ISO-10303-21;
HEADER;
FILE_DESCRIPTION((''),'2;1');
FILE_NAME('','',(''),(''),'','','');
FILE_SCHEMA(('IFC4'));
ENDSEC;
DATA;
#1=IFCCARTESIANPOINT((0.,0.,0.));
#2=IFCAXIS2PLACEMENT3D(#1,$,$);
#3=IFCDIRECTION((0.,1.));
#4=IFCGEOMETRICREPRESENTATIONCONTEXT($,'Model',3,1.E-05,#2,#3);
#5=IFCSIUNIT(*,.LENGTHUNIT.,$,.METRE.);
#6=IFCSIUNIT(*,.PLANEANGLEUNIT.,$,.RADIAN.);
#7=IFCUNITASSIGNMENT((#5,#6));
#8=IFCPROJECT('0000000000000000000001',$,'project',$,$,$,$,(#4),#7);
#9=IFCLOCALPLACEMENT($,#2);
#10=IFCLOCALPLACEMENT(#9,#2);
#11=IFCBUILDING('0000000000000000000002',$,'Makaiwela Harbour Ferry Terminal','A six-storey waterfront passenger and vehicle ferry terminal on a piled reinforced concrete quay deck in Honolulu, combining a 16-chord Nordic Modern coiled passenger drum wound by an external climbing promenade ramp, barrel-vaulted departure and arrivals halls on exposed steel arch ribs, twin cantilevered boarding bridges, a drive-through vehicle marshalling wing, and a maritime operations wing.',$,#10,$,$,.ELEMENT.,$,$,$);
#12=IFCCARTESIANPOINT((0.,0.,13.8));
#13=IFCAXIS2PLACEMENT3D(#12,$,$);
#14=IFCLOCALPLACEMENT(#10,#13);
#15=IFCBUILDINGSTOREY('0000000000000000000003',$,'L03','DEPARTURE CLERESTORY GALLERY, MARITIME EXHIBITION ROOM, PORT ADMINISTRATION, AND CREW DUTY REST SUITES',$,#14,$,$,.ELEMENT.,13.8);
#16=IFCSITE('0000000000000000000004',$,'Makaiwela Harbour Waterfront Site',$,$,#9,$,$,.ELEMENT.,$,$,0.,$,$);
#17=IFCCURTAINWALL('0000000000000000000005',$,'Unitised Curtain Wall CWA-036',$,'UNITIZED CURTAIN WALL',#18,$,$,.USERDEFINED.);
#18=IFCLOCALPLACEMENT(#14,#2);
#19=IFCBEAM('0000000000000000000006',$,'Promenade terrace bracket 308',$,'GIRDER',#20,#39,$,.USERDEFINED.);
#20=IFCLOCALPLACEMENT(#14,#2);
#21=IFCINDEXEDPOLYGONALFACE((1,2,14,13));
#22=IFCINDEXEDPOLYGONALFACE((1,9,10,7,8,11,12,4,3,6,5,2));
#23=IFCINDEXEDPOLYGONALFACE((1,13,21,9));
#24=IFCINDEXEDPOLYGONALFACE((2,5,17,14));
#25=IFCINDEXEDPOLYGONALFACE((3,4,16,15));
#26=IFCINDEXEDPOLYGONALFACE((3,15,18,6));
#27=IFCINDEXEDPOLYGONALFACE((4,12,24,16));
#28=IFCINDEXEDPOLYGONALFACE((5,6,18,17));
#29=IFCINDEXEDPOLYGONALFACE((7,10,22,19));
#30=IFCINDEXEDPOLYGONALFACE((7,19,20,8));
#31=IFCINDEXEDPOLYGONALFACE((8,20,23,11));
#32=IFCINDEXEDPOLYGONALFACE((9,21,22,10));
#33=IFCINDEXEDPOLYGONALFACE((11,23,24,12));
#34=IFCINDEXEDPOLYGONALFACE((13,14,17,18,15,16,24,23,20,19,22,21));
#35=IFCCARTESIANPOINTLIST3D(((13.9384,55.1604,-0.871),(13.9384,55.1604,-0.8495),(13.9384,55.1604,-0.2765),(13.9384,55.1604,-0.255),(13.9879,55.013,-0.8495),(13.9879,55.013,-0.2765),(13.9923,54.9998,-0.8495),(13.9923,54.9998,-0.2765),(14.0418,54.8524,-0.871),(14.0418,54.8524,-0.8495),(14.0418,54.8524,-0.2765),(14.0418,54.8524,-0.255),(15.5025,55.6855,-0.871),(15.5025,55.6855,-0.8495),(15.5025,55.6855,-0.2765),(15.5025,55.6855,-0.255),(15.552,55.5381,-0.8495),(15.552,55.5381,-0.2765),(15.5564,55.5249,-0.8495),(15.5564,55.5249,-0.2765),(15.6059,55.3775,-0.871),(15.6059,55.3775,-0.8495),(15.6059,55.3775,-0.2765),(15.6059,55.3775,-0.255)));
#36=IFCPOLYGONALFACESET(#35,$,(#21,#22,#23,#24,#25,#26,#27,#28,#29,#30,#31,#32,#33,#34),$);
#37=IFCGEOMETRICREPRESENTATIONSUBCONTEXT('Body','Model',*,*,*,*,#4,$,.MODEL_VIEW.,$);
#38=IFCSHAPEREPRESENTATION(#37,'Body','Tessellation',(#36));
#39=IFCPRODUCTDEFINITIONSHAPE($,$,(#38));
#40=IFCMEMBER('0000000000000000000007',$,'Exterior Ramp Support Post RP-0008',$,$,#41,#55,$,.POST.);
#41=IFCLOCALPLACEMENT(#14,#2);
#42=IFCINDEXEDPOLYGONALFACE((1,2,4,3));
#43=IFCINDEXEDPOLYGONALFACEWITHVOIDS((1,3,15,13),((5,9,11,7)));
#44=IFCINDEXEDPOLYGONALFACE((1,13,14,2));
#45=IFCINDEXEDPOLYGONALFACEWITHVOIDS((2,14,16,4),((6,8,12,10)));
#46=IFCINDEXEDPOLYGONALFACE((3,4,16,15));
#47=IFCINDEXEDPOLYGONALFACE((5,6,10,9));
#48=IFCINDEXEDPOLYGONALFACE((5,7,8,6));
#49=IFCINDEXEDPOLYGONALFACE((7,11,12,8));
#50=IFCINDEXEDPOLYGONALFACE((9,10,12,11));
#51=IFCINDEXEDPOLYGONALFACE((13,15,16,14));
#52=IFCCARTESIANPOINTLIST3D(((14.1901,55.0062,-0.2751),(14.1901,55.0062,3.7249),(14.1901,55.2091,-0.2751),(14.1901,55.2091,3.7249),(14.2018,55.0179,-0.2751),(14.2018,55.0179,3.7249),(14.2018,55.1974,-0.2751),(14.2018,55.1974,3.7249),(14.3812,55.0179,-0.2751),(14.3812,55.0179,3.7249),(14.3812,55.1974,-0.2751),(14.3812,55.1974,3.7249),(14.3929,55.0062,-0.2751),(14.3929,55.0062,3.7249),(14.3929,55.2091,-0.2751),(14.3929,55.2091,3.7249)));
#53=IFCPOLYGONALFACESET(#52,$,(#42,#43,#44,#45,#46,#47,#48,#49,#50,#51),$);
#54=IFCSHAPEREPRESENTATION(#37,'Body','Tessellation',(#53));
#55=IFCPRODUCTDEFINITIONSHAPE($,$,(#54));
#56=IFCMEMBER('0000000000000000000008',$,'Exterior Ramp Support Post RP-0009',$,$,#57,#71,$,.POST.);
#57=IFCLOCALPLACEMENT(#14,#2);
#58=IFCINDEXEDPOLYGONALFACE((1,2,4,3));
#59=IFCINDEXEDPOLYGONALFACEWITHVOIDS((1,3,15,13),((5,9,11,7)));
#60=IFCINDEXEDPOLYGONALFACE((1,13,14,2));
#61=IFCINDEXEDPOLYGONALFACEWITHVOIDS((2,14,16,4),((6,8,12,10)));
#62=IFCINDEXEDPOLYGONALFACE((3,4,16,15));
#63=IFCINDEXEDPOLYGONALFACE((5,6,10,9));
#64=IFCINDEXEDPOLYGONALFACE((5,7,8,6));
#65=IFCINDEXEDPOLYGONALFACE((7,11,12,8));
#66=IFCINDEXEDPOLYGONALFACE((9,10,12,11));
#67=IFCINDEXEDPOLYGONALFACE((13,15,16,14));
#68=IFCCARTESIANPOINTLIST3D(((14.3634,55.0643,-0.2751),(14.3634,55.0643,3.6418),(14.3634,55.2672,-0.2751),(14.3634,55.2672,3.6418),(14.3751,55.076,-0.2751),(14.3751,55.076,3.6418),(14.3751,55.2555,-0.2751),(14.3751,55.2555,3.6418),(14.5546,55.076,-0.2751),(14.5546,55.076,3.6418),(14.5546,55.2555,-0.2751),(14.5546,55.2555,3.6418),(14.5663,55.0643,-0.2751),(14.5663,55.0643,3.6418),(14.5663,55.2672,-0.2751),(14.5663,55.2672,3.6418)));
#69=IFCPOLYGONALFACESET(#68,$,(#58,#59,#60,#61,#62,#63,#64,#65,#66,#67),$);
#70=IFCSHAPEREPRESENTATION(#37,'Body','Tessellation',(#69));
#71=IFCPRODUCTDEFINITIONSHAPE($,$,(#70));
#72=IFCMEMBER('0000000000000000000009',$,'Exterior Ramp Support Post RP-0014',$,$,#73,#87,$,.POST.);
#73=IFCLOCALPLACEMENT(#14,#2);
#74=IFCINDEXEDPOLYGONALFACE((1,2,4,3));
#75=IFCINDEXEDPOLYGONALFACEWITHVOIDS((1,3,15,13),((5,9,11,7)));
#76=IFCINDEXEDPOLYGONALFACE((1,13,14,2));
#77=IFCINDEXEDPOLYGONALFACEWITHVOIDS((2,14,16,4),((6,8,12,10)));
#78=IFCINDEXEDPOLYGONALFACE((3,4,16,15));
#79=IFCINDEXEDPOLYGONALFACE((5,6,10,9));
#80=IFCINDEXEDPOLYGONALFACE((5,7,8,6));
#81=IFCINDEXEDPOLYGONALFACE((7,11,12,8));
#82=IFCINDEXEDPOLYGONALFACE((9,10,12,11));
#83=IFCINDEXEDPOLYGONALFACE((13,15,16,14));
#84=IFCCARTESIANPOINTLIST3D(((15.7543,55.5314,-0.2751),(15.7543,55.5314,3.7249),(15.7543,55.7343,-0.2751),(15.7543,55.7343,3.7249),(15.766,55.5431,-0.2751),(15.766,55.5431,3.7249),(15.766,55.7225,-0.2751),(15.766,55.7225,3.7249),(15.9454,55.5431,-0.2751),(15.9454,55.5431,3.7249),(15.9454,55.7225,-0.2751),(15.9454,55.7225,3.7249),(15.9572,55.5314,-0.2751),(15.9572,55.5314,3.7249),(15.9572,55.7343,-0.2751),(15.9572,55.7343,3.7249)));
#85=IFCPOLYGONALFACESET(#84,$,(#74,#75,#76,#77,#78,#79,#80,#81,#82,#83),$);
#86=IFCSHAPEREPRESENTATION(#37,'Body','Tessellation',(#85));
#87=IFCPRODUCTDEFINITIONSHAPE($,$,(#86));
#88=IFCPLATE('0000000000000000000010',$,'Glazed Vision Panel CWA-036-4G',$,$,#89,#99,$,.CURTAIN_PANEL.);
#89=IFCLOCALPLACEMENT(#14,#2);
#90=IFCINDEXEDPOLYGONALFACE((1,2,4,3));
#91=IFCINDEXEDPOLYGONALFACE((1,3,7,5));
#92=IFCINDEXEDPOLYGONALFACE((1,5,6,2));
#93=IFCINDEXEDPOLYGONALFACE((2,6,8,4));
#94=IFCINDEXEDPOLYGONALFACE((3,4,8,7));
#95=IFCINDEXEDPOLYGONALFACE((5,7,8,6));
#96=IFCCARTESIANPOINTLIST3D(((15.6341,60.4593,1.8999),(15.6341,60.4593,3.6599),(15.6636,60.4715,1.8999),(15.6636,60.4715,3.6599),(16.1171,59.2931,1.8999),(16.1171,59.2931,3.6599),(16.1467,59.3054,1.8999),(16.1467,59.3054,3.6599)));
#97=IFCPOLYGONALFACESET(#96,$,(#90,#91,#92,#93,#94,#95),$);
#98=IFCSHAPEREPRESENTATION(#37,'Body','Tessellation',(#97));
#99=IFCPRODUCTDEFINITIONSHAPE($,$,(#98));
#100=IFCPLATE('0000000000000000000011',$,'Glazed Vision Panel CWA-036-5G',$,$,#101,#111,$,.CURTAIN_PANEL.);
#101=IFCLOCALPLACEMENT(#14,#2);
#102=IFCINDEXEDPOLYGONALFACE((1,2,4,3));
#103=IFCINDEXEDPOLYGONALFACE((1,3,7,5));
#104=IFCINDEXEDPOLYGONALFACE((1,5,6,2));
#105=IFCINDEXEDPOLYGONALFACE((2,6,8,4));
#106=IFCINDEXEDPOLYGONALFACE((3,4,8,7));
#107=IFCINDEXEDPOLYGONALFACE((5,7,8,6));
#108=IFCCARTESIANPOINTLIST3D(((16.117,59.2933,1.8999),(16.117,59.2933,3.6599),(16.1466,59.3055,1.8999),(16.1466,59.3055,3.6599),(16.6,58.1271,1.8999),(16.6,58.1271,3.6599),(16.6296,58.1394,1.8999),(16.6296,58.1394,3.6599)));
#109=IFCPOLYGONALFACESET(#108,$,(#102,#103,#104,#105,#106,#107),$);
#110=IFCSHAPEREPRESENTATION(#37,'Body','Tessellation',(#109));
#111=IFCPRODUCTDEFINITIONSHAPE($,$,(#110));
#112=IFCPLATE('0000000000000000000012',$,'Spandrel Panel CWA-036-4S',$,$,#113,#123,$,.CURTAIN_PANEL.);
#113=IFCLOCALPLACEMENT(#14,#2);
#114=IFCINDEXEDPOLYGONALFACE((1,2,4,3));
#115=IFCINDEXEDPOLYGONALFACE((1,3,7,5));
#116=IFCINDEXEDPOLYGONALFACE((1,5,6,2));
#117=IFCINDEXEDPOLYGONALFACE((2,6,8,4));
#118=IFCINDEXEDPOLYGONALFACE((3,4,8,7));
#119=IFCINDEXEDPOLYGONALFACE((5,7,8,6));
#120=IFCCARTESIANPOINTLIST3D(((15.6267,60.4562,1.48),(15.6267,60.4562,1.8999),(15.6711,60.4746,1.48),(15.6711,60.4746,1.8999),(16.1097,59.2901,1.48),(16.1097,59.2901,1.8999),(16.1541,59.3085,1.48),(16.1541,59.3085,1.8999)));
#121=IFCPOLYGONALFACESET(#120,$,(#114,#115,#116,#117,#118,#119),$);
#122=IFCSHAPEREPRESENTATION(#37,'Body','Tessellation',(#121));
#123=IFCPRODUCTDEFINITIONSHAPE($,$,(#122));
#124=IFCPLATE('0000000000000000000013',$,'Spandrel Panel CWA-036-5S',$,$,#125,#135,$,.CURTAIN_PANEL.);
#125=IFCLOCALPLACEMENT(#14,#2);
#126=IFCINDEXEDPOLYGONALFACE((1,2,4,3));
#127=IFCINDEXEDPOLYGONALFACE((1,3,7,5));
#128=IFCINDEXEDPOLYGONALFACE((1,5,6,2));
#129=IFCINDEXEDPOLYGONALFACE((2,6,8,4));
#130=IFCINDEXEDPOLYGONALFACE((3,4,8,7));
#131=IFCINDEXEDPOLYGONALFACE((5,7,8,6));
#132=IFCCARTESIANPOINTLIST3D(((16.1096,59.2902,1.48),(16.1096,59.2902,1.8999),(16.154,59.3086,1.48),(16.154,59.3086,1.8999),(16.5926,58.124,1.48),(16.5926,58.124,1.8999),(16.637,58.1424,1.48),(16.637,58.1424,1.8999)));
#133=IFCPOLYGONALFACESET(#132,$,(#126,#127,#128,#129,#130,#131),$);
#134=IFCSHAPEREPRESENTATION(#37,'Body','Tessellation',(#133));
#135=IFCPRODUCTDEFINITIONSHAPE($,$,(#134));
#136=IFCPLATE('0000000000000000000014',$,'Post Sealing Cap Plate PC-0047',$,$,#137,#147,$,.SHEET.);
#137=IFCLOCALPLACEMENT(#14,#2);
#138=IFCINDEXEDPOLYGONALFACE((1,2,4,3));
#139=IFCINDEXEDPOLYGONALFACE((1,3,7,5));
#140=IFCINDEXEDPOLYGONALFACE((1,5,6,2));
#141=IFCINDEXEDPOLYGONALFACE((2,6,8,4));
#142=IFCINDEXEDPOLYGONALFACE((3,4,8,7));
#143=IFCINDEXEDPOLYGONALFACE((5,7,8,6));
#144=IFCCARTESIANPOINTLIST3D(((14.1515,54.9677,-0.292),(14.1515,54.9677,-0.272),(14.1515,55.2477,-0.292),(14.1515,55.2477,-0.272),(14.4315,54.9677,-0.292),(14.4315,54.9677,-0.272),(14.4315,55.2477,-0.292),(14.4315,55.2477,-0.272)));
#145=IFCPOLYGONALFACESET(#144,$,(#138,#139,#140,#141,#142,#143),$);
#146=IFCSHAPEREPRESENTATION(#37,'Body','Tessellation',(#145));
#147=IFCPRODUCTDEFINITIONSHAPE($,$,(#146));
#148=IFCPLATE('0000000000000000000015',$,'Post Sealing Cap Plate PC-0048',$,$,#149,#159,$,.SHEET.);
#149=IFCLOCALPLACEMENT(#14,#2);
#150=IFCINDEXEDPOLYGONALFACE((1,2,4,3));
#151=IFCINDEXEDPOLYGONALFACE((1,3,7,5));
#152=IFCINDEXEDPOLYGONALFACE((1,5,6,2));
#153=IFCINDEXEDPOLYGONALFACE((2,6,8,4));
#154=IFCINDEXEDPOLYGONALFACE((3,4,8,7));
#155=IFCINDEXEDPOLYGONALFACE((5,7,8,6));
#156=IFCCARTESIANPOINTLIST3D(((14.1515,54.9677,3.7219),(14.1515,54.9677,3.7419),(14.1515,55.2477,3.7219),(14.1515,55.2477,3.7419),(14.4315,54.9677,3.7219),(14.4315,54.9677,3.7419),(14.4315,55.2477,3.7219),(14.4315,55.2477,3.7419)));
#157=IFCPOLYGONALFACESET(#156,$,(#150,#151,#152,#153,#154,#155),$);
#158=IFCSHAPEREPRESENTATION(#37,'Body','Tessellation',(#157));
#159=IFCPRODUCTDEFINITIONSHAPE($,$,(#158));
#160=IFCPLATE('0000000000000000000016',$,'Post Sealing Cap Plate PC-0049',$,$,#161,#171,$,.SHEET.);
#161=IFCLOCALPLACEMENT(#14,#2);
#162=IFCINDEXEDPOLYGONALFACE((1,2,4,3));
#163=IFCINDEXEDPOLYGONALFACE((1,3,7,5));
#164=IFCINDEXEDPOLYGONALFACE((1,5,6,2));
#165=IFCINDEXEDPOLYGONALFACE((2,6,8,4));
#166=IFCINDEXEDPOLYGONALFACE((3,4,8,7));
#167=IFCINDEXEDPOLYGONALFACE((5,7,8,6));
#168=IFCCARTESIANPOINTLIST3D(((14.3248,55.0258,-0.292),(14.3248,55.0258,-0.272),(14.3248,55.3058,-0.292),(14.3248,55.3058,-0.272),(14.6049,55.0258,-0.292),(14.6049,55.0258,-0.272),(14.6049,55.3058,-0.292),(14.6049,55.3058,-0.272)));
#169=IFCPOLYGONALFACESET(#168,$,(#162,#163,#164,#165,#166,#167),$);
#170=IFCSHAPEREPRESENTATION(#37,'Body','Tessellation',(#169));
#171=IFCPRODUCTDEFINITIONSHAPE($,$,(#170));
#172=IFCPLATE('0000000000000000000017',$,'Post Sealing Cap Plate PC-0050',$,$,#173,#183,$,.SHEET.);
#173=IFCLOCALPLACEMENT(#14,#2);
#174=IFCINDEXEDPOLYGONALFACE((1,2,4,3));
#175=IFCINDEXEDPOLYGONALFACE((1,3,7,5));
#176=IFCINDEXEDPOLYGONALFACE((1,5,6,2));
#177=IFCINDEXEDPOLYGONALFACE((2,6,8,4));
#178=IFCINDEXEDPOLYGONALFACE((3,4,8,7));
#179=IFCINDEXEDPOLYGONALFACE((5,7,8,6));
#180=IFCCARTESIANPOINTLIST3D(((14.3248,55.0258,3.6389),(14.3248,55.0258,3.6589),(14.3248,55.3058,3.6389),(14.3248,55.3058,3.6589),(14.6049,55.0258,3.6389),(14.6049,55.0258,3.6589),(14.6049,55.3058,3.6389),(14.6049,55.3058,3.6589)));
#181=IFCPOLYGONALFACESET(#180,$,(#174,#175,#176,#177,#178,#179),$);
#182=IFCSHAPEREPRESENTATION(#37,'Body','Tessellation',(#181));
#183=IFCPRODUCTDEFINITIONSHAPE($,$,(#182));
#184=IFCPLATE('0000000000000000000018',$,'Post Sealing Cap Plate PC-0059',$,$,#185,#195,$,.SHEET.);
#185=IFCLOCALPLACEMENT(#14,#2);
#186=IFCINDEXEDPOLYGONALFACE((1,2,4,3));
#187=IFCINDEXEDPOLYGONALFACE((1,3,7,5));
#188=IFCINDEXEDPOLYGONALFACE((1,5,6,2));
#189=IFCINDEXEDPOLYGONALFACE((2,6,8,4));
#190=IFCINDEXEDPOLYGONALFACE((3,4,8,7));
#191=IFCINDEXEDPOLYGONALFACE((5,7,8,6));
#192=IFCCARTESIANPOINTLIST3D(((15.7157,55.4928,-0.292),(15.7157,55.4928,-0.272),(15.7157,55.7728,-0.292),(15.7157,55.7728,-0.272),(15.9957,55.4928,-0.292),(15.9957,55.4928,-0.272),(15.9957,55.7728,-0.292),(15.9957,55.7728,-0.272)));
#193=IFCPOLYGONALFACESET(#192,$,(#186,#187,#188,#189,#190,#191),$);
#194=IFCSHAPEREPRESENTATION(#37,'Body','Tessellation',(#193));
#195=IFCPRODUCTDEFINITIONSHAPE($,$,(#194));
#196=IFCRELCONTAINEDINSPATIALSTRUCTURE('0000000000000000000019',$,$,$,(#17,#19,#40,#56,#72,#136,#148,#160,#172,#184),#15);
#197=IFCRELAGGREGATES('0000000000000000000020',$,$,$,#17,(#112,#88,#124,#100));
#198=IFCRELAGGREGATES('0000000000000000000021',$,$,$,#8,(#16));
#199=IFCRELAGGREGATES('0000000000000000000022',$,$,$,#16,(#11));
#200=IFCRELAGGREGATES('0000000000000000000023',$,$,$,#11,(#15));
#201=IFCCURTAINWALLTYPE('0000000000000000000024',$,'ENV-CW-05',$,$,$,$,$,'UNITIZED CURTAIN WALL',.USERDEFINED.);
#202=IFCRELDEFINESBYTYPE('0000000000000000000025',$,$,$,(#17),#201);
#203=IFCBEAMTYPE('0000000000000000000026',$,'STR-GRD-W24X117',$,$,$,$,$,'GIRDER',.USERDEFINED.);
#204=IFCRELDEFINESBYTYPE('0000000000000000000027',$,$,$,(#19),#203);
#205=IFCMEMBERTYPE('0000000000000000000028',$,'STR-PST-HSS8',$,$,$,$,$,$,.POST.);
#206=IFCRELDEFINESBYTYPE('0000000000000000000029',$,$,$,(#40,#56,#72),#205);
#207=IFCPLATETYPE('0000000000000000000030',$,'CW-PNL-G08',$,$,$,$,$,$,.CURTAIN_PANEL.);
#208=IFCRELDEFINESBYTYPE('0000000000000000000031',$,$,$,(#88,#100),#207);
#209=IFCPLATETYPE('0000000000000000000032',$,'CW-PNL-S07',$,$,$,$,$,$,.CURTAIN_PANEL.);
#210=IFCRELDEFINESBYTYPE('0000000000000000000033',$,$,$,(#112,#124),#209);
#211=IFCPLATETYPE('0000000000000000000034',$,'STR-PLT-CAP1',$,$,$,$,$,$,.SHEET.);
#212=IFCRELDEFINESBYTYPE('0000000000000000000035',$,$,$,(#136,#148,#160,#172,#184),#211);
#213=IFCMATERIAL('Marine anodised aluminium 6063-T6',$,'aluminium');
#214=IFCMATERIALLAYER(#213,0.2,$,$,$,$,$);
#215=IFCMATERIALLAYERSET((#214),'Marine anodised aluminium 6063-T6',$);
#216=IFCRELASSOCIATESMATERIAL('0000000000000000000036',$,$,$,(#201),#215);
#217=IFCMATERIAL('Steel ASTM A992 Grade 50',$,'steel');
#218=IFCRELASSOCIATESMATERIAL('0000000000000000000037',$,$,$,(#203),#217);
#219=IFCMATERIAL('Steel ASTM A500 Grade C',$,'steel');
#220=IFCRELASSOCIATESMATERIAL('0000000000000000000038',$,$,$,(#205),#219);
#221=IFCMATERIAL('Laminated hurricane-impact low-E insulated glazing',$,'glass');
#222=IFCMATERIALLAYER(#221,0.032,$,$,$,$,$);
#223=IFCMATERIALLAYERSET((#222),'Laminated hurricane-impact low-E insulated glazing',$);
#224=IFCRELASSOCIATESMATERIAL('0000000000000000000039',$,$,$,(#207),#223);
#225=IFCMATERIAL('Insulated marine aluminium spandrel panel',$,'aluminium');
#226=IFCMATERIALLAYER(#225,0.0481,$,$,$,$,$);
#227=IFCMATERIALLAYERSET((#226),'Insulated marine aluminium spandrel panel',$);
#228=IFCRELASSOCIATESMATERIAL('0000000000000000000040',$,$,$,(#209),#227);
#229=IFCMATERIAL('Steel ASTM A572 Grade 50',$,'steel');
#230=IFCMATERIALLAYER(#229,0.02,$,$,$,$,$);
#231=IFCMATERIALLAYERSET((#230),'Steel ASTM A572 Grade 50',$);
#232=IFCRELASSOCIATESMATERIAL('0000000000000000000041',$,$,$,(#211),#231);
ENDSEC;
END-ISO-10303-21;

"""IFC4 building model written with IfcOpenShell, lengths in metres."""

from ifc_helpers import new_model, si_unit, direction, frame, origin, origin_2d, place, context, subcontext, project, spatial, rectangle, hollow_rectangle, i_section, extrude, material, layer, layer_set, material_profile, profile_set, type_object, element, aggregate, save


model = new_model("IFC4")

# Units and contexts
model_context = context("Model", 3, precision=1e-05, world=origin(), true_north=direction((0.0, 1.0)))
body_context = subcontext(model_context, "Body", "Model", "MODEL_VIEW")
ifc_project = project(units=[si_unit("LENGTHUNIT", "METRE"), si_unit("PLANEANGLEUNIT", "RADIAN")], contexts=[model_context])

# Site, building, storey
site_placement = place(None, origin())
site = spatial("IfcSite", under=ifc_project, at=site_placement, Name="Makaiwela Harbour Waterfront Site", CompositionType="ELEMENT", RefElevation=0.0)
building_placement = place(site_placement, origin())
building = spatial("IfcBuilding", under=site, at=building_placement, Name="Makaiwela Harbour Ferry Terminal", Description="A six-storey waterfront passenger and vehicle ferry terminal on a piled reinforced concrete quay deck in Honolulu, combining a 16-chord Nordic Modern coiled passenger drum wound by an external climbing promenade ramp, barrel-vaulted departure and arrivals halls on exposed steel arch ribs, twin cantilevered boarding bridges, a drive-through vehicle marshalling wing, and a maritime operations wing.", CompositionType="ELEMENT")
storey_placement = place(building_placement, frame((0.0, 0.0, 13.8)))
storey = spatial("IfcBuildingStorey", under=building, at=storey_placement, Name="L03", Description="DEPARTURE CLERESTORY GALLERY, MARITIME EXHIBITION ROOM, PORT ADMINISTRATION, AND CREW DUTY REST SUITES", CompositionType="ELEMENT", Elevation=13.8)

# Curtain wall
ifc_material_1 = material(Name="Marine anodised aluminium 6063-T6", Category="aluminium")
ifc_layer_1 = layer(ifc_material_1, 0.2)
ifc_layer_set_1 = layer_set([ifc_layer_1], Name="Marine anodised aluminium 6063-T6")
curtain_wall_type = type_object("IfcCurtainWallType", Name="ENV-CW-05", ElementType="UNITIZED CURTAIN WALL", PredefinedType="USERDEFINED", material=ifc_layer_set_1)
curtain_wall_placement = place(storey_placement, origin())
curtain_wall = element("IfcCurtainWall", 1, at=curtain_wall_placement, inside=storey, type_object=curtain_wall_type, Name="Unitised Curtain Wall CWA-036", ObjectType="UNITIZED CURTAIN WALL", PredefinedType="USERDEFINED")

# Beam
ifc_material_2 = material(Name="Steel ASTM A992 Grade 50", Category="steel")
ifc_material_profile_1 = material_profile(ifc_material_2, i_section(OverallWidth=0.325, OverallDepth=0.616, WebThickness=0.0139, FlangeThickness=0.0215, at=origin_2d()), Name="W24X117")
ifc_profile_set_1 = profile_set([ifc_material_profile_1], Name="Steel ASTM A992 Grade 50")
beam_type_1 = type_object("IfcBeamType", Name="STR-GRD-W24X117", ElementType="GIRDER", PredefinedType="USERDEFINED", material=ifc_profile_set_1)
beam_1_placement = place(storey_placement, frame((15.5542, 55.5315, -0.563), z_axis=(-0.948, -0.318269, 0.0), x_axis=(0.318269, -0.948, 0.0)))
element("IfcBeam", 2, at=beam_1_placement, inside=storey, type_object=beam_type_1, Name="Promenade terrace bracket 308", ObjectType="GIRDER", PredefinedType="USERDEFINED", context=body_context, shape_type="SweptSolid", body=[
    extrude(i_section(OverallWidth=0.325, OverallDepth=0.616, WebThickness=0.0139, FlangeThickness=0.0215, at=origin_2d()), origin(), (0.0, 0.0, 1.0), 1.6499),
])

# Members
ifc_material_3 = material(Name="Steel ASTM A500 Grade C", Category="steel")
ifc_material_profile_2 = material_profile(ifc_material_3, hollow_rectangle(XDim=0.2029, YDim=0.2029, WallThickness=0.0117, at=origin_2d()), Name="HSS8X8X1/2")
ifc_profile_set_2 = profile_set([ifc_material_profile_2], Name="Steel ASTM A500 Grade C")
member_type_1 = type_object("IfcMemberType", Name="STR-PST-HSS8", PredefinedType="POST", material=ifc_profile_set_2)
member_1_placement = place(storey_placement, frame((14.2915, 55.1077, -0.2751), z_axis=(0.0, 0.0, 1.0), x_axis=(1.0, 0.0, 0.0)))
element("IfcMember", 3, at=member_1_placement, inside=storey, type_object=member_type_1, Name="Exterior Ramp Support Post RP-0008", PredefinedType="POST", context=body_context, shape_type="SweptSolid", body=[
    extrude(hollow_rectangle(XDim=0.2029, YDim=0.2029, WallThickness=0.0117, at=origin_2d()), origin(), (0.0, 0.0, 1.0), 4.0),
])
member_2_placement = place(storey_placement, frame((14.4648, 55.1658, -0.2751), z_axis=(0.0, 0.0, 1.0), x_axis=(1.0, 0.0, 0.0)))
element("IfcMember", 4, at=member_2_placement, inside=storey, type_object=member_type_1, Name="Exterior Ramp Support Post RP-0009", PredefinedType="POST", context=body_context, shape_type="SweptSolid", body=[
    extrude(hollow_rectangle(XDim=0.2029, YDim=0.2029, WallThickness=0.0117, at=origin_2d()), origin(), (0.0, 0.0, 1.0), 3.917),
])
member_3_placement = place(storey_placement, frame((15.8557, 55.6328, -0.2751), z_axis=(0.0, 0.0, 1.0), x_axis=(1.0, 0.0, 0.0)))
element("IfcMember", 5, at=member_3_placement, inside=storey, type_object=member_type_1, Name="Exterior Ramp Support Post RP-0014", PredefinedType="POST", context=body_context, shape_type="SweptSolid", body=[
    extrude(hollow_rectangle(XDim=0.2029, YDim=0.2029, WallThickness=0.0117, at=origin_2d()), origin(), (0.0, 0.0, 1.0), 4.0),
])

# Plates
ifc_material_4 = material(Name="Laminated hurricane-impact low-E insulated glazing", Category="glass")
ifc_layer_2 = layer(ifc_material_4, 0.032)
ifc_layer_set_2 = layer_set([ifc_layer_2], Name="Laminated hurricane-impact low-E insulated glazing")
plate_type_1 = type_object("IfcPlateType", Name="CW-PNL-G08", PredefinedType="CURTAIN_PANEL", material=ifc_layer_set_2)
plate_1_placement = place(storey_placement, frame((15.8904, 59.8823, 1.8999), z_axis=(0.0, 0.0, 1.0), x_axis=(0.382683, -0.92388, 0.0)))
plate_1 = element("IfcPlate", 6, at=plate_1_placement, type_object=plate_type_1, Name="Glazed Vision Panel CWA-036-4G", PredefinedType="CURTAIN_PANEL", context=body_context, shape_type="SweptSolid", body=[
    extrude(rectangle(XDim=1.2622, YDim=0.032, at=origin_2d()), origin(), (0.0, 0.0, 1.0), 1.76),
])
plate_2_placement = place(storey_placement, frame((16.3733, 58.7163, 1.8999), z_axis=(0.0, 0.0, 1.0), x_axis=(0.382683, -0.92388, 0.0)))
plate_2 = element("IfcPlate", 7, at=plate_2_placement, type_object=plate_type_1, Name="Glazed Vision Panel CWA-036-5G", PredefinedType="CURTAIN_PANEL", context=body_context, shape_type="SweptSolid", body=[
    extrude(rectangle(XDim=1.2622, YDim=0.032, at=origin_2d()), origin(), (0.0, 0.0, 1.0), 1.76),
])
ifc_material_5 = material(Name="Insulated marine aluminium spandrel panel", Category="aluminium")
ifc_layer_3 = layer(ifc_material_5, 0.0481)
ifc_layer_set_3 = layer_set([ifc_layer_3], Name="Insulated marine aluminium spandrel panel")
plate_type_2 = type_object("IfcPlateType", Name="CW-PNL-S07", PredefinedType="CURTAIN_PANEL", material=ifc_layer_set_3)
plate_3_placement = place(storey_placement, frame((15.8904, 59.8823, 1.48), z_axis=(0.0, 0.0, 1.0), x_axis=(0.382683, -0.92388, 0.0)))
plate_3 = element("IfcPlate", 8, at=plate_3_placement, type_object=plate_type_2, Name="Spandrel Panel CWA-036-4S", PredefinedType="CURTAIN_PANEL", context=body_context, shape_type="SweptSolid", body=[
    extrude(rectangle(XDim=1.2622, YDim=0.0481, at=origin_2d()), origin(), (0.0, 0.0, 1.0), 0.4199),
])
plate_4_placement = place(storey_placement, frame((16.3733, 58.7163, 1.48), z_axis=(0.0, 0.0, 1.0), x_axis=(0.382683, -0.92388, 0.0)))
plate_4 = element("IfcPlate", 9, at=plate_4_placement, type_object=plate_type_2, Name="Spandrel Panel CWA-036-5S", PredefinedType="CURTAIN_PANEL", context=body_context, shape_type="SweptSolid", body=[
    extrude(rectangle(XDim=1.2622, YDim=0.0481, at=origin_2d()), origin(), (0.0, 0.0, 1.0), 0.4199),
])
aggregate(curtain_wall, [plate_3, plate_1, plate_4, plate_2])

# Plates
ifc_material_6 = material(Name="Steel ASTM A572 Grade 50", Category="steel")
ifc_layer_4 = layer(ifc_material_6, 0.02)
ifc_layer_set_4 = layer_set([ifc_layer_4], Name="Steel ASTM A572 Grade 50")
plate_type_3 = type_object("IfcPlateType", Name="STR-PLT-CAP1", PredefinedType="SHEET", material=ifc_layer_set_4)
for number, where, z_axis, x_axis, name in (
    (10, (14.2915, 55.1077, -0.292), (0.0, 0.0, 1.0), (1.0, 0.0, 0.0), "Post Sealing Cap Plate PC-0047"),
    (11, (14.2915, 55.1077, 3.7219), (0.0, 0.0, 1.0), (1.0, 0.0, 0.0), "Post Sealing Cap Plate PC-0048"),
    (12, (14.4648, 55.1658, -0.292), (0.0, 0.0, 1.0), (1.0, 0.0, 0.0), "Post Sealing Cap Plate PC-0049"),
    (13, (14.4648, 55.1658, 3.6389), (0.0, 0.0, 1.0), (1.0, 0.0, 0.0), "Post Sealing Cap Plate PC-0050"),
    (14, (15.8557, 55.6328, -0.292), (0.0, 0.0, 1.0), (1.0, 0.0, 0.0), "Post Sealing Cap Plate PC-0059"),
):
    element("IfcPlate", number, at=place(storey_placement, frame(where, z_axis=z_axis, x_axis=x_axis)), inside=storey, type_object=plate_type_3, Name=name, PredefinedType="SHEET", context=body_context, shape_type="SweptSolid", body=[
        extrude(rectangle(XDim=0.28, YDim=0.28, at=origin_2d()), origin(), (0.0, 0.0, 1.0), 0.02),
    ])

save(model, "model.ifc")
